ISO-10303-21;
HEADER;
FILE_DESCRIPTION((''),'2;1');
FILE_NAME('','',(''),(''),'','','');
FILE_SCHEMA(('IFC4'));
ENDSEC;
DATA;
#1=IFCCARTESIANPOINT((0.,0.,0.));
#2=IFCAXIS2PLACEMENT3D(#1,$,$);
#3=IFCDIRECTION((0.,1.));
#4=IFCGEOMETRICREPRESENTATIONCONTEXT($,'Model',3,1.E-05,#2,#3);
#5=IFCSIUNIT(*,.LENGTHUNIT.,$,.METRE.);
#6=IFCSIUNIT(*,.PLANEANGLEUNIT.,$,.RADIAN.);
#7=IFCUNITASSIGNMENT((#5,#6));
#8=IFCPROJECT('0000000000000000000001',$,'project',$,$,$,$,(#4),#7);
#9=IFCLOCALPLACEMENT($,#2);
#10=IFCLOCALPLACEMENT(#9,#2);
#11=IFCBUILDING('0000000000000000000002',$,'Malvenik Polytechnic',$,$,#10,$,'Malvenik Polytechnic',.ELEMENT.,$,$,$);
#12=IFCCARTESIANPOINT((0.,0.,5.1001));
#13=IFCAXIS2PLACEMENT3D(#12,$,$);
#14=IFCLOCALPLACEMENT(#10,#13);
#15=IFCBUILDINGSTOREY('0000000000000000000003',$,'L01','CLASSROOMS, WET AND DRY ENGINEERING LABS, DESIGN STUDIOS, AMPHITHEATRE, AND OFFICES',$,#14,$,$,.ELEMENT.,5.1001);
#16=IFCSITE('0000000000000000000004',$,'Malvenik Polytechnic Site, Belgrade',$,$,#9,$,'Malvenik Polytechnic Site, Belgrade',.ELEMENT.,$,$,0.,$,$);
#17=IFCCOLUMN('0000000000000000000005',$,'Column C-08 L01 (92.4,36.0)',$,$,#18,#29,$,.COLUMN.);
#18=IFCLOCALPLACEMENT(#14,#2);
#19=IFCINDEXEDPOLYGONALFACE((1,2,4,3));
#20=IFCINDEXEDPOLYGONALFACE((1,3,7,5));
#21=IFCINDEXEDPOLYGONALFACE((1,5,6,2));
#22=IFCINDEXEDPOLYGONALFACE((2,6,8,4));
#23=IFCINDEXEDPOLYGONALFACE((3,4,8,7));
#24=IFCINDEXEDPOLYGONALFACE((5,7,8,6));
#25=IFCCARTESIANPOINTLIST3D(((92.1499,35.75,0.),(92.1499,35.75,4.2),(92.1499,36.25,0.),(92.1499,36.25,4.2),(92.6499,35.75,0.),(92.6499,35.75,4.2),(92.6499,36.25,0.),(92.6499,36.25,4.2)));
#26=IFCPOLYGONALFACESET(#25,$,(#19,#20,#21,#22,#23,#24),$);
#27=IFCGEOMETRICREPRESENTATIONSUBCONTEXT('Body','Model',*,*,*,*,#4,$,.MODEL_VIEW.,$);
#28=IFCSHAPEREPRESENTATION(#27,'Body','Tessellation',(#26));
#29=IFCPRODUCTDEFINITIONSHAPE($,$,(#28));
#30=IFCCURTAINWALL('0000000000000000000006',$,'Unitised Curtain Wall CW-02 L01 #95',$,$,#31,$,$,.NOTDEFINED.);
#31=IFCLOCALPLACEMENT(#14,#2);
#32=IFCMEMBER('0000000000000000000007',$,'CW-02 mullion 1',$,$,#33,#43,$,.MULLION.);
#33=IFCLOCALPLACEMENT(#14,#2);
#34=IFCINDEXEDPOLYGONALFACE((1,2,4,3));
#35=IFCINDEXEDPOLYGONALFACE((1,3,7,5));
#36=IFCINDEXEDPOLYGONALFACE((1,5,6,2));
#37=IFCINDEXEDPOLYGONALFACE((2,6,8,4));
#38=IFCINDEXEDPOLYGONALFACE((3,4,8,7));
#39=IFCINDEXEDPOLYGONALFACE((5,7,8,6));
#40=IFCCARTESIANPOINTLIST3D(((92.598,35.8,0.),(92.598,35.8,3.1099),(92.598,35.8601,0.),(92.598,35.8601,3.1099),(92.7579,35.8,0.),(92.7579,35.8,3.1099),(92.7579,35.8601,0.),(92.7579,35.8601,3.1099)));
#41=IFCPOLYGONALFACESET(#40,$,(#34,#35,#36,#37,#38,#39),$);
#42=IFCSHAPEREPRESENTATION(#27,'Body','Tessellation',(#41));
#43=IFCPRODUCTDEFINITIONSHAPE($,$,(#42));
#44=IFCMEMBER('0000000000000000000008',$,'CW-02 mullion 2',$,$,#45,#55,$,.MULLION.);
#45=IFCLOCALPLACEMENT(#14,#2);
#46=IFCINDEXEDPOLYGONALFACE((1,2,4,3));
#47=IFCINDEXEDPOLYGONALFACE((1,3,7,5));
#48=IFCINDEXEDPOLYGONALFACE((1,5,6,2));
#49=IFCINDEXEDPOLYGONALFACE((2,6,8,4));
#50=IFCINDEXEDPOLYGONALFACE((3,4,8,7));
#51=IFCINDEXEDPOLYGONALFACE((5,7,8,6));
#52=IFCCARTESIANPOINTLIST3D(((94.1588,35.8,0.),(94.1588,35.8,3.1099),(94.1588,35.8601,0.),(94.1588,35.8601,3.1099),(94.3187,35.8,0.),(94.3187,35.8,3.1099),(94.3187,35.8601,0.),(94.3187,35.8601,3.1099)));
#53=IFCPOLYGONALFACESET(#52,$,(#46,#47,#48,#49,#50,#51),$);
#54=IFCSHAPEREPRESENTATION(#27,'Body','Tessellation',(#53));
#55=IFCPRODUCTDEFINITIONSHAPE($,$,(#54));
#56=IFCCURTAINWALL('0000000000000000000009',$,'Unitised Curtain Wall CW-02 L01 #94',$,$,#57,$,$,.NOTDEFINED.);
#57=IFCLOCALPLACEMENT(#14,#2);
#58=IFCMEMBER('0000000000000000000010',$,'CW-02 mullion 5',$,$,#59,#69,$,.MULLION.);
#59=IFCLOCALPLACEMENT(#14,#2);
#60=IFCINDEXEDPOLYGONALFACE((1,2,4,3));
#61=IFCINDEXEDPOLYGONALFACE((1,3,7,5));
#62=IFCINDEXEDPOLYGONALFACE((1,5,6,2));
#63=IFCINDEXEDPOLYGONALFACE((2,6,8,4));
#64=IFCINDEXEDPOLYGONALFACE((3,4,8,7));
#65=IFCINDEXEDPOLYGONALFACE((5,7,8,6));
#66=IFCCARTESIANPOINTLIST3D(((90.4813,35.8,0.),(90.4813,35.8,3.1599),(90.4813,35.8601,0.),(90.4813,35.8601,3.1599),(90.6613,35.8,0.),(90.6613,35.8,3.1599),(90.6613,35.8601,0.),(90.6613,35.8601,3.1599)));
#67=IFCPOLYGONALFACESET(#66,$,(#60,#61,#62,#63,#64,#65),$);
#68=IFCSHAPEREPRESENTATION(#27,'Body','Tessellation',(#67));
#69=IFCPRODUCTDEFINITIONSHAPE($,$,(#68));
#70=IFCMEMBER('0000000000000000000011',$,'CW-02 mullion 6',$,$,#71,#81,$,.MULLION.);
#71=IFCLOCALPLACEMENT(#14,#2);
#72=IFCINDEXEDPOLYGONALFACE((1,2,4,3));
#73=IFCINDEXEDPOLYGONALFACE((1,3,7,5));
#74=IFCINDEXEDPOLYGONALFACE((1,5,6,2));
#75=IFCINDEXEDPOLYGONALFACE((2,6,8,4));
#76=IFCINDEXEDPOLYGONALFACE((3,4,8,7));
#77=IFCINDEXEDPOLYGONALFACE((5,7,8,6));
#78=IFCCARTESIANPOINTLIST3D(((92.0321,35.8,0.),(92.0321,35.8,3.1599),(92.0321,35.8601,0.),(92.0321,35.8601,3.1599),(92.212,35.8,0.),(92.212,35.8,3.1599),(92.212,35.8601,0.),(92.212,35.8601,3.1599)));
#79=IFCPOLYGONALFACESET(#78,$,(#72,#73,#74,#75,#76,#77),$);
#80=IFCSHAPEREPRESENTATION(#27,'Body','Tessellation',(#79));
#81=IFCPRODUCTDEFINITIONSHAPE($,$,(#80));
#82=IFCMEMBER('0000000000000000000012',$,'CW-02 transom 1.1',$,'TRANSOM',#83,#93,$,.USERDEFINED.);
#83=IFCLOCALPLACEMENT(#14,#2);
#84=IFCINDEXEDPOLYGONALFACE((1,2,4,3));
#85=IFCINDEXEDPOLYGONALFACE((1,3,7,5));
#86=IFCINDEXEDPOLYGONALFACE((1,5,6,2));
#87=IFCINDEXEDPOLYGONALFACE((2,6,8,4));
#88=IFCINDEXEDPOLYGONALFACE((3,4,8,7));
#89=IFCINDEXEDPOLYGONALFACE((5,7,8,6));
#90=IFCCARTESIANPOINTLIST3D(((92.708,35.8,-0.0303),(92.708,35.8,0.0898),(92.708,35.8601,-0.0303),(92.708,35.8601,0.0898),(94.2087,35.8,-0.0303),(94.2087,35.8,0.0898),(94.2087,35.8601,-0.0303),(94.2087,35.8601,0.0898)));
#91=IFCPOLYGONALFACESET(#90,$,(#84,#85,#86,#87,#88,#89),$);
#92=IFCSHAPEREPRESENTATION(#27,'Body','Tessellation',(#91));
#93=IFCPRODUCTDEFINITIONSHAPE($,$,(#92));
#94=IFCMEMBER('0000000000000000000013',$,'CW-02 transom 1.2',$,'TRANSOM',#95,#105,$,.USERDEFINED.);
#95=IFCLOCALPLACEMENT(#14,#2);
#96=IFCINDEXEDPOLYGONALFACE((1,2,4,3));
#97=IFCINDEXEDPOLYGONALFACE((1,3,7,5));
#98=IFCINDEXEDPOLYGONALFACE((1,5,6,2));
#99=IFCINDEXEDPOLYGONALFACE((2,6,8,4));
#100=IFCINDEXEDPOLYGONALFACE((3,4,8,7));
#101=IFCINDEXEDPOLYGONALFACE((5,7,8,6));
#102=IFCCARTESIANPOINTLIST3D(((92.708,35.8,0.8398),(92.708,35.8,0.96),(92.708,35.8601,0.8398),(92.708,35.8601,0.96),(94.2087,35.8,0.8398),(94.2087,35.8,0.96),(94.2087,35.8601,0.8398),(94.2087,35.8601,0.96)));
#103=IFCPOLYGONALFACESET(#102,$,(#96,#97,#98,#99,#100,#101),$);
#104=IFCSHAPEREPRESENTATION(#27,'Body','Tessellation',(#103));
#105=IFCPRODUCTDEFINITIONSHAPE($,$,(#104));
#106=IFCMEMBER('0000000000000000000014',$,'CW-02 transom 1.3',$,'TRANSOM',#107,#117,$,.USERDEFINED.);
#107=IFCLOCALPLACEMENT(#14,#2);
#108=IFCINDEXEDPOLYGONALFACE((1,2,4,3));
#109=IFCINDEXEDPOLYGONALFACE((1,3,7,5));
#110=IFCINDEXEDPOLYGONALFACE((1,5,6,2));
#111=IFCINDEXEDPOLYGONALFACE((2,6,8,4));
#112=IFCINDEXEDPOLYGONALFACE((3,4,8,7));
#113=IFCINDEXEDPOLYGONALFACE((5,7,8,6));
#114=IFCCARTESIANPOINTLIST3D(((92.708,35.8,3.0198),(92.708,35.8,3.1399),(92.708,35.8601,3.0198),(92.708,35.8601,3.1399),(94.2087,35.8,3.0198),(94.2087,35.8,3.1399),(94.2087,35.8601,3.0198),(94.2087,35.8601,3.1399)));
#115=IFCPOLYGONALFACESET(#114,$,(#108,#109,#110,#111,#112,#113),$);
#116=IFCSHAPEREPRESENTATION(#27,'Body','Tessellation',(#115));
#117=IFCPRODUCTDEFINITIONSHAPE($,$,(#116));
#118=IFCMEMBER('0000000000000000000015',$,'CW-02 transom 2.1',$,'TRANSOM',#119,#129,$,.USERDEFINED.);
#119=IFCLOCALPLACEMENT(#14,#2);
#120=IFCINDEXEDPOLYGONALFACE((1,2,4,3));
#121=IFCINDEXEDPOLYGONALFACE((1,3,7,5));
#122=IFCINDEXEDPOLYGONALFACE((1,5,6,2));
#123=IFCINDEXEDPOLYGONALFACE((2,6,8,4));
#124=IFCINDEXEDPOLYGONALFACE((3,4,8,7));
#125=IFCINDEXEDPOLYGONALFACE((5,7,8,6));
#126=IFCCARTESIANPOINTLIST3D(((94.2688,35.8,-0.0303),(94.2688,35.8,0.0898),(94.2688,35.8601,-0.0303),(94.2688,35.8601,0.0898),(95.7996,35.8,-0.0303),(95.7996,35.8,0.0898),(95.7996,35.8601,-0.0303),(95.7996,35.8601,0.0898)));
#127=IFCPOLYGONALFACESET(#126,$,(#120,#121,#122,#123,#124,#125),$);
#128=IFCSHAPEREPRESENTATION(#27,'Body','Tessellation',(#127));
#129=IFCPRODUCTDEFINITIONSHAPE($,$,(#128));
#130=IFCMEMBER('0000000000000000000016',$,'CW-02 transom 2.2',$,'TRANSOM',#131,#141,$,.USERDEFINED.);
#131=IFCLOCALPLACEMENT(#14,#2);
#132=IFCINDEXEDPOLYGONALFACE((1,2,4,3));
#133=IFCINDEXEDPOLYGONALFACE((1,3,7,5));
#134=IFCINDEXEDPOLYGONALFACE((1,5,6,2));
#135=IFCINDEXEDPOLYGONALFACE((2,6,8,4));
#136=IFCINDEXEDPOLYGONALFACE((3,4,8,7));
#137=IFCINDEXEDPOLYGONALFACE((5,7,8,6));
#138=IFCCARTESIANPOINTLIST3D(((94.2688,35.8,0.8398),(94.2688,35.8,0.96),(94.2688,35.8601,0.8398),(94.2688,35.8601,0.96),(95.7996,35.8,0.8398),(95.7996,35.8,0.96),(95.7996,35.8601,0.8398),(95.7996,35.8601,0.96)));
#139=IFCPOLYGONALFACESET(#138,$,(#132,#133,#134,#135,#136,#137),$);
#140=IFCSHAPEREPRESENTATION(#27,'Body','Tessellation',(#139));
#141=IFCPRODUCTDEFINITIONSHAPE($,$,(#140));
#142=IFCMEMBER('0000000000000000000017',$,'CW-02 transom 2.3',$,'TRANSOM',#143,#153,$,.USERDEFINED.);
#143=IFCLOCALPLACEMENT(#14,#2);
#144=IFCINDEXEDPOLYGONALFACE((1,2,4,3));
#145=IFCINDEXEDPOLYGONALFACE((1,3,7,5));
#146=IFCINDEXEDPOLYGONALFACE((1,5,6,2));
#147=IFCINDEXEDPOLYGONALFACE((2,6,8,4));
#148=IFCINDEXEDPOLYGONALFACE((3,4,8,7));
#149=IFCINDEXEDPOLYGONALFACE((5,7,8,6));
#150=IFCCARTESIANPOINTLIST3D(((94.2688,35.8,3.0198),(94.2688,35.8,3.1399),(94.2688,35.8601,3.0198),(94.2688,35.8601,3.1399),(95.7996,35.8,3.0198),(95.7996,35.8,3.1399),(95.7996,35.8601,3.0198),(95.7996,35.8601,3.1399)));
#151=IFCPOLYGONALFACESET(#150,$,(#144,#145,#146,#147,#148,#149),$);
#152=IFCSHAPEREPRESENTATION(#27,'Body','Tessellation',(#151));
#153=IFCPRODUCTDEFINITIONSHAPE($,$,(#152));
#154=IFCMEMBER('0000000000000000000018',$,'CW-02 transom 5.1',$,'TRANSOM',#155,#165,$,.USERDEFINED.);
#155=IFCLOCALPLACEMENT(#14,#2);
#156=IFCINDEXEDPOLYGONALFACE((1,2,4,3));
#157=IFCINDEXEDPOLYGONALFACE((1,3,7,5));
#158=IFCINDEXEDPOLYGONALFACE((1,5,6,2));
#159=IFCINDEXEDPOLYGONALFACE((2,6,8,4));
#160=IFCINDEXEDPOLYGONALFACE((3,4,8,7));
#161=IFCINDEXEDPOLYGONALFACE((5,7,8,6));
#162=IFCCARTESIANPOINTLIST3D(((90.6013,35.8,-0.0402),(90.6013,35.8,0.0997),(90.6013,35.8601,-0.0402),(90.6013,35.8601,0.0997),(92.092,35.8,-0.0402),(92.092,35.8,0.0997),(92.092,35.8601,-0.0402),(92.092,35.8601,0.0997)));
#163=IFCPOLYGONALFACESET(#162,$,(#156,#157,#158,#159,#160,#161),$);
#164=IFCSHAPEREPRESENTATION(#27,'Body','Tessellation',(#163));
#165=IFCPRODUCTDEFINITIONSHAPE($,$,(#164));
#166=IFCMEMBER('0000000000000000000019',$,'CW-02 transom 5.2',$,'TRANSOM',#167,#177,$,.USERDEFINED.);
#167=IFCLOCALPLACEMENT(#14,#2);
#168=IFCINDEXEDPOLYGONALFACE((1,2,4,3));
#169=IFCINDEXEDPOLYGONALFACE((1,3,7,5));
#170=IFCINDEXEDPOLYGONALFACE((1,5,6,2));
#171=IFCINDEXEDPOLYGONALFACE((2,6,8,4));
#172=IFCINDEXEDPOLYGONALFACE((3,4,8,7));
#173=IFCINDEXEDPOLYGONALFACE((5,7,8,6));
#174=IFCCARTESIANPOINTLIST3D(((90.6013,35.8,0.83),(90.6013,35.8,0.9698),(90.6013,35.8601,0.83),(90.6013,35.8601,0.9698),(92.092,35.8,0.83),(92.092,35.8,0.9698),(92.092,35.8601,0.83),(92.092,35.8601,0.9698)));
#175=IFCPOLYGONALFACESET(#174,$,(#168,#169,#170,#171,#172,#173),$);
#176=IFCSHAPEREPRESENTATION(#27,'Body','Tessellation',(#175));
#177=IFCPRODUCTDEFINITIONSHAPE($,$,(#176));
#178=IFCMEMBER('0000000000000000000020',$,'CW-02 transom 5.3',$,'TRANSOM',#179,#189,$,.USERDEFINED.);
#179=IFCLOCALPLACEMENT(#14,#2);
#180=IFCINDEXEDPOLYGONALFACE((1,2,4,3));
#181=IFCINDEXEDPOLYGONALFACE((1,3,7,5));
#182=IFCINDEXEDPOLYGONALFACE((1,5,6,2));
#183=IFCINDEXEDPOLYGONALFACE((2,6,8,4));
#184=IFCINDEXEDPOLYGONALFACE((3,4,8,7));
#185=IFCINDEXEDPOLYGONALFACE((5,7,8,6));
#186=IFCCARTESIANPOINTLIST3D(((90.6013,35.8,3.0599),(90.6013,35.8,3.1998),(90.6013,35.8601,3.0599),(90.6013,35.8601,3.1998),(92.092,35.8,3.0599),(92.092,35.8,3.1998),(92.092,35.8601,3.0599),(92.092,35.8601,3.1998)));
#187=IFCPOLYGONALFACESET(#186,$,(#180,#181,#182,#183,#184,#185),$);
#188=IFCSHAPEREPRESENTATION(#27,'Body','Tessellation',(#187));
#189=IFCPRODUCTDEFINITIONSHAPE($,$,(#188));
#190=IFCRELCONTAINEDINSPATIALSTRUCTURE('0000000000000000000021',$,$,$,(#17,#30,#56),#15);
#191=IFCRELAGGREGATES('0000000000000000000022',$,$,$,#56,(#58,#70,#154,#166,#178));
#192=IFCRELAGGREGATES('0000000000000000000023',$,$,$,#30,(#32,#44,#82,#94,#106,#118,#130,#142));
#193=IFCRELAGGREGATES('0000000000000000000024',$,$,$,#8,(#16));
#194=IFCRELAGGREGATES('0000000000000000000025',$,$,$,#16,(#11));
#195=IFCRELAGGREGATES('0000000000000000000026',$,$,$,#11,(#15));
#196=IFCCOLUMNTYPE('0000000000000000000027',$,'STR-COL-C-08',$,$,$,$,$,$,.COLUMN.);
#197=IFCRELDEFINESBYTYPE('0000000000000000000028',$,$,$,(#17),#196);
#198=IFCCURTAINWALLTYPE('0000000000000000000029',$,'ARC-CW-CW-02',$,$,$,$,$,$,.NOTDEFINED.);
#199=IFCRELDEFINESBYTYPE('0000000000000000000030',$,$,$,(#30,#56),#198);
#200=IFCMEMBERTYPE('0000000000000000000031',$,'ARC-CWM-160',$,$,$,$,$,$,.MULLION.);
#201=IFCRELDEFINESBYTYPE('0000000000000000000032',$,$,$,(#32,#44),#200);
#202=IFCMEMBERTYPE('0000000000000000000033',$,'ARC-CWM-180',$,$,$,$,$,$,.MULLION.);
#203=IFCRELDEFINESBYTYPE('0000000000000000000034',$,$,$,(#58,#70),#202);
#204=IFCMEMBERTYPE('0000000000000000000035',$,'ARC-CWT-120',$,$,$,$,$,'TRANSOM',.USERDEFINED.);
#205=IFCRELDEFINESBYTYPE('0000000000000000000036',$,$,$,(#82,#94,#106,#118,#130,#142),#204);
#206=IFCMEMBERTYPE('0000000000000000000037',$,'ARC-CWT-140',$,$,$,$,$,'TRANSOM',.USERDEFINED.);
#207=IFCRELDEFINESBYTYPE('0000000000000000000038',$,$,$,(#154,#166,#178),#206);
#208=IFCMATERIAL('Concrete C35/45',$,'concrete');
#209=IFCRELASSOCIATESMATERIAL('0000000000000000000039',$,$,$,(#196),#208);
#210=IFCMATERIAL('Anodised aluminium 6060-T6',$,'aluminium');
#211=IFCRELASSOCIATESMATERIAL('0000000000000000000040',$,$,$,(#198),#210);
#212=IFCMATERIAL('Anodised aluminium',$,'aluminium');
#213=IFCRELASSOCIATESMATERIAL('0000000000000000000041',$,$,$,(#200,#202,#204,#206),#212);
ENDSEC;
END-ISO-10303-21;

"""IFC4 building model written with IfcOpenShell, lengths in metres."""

from ifc_helpers import new_model, si_unit, direction, frame, origin, origin_2d, place, context, subcontext, project, spatial, rectangle, extrude, material, material_profile, profile_set, type_object, element, aggregate, save


model = new_model("IFC4")

# Units and contexts
model_context = context("Model", 3, precision=1e-05, world=origin(), true_north=direction((0.0, 1.0)))
body_context = subcontext(model_context, "Body", "Model", "MODEL_VIEW")
ifc_project = project(units=[si_unit("LENGTHUNIT", "METRE"), si_unit("PLANEANGLEUNIT", "RADIAN")], contexts=[model_context])

# Site, building, storey
site_placement = place(None, origin())
site = spatial("IfcSite", under=ifc_project, at=site_placement, Name="Malvenik Polytechnic Site, Belgrade", LongName="Malvenik Polytechnic Site, Belgrade", CompositionType="ELEMENT", RefElevation=0.0)
building_placement = place(site_placement, origin())
building = spatial("IfcBuilding", under=site, at=building_placement, Name="Malvenik Polytechnic", LongName="Malvenik Polytechnic", CompositionType="ELEMENT")
storey_placement = place(building_placement, frame((0.0, 0.0, 5.1001)))
storey = spatial("IfcBuildingStorey", under=building, at=storey_placement, Name="L01", Description="CLASSROOMS, WET AND DRY ENGINEERING LABS, DESIGN STUDIOS, AMPHITHEATRE, AND OFFICES", CompositionType="ELEMENT", Elevation=5.1001)

# Column
ifc_material_1 = material(Name="Concrete C35/45", Category="concrete")
ifc_material_profile_1 = material_profile(ifc_material_1, rectangle(XDim=0.5, YDim=0.5, at=origin_2d()), Name="RC COL 500x500")
ifc_profile_set_1 = profile_set([ifc_material_profile_1], Name="Concrete C35/45")
column_type = type_object("IfcColumnType", Name="STR-COL-C-08", PredefinedType="COLUMN", material=ifc_profile_set_1)
column_placement = place(storey_placement, frame((92.3999, 36.0, 0.0), z_axis=(0.0, 0.0, 1.0), x_axis=(1.0, 0.0, 0.0)))
element("IfcColumn", 1, at=column_placement, inside=storey, type_object=column_type, Name="Column C-08 L01 (92.4,36.0)", PredefinedType="COLUMN", context=body_context, shape_type="SweptSolid", body=[
    extrude(rectangle(XDim=0.5, YDim=0.5, at=origin_2d()), origin(), (0.0, 0.0, 1.0), 4.2),
])

# Curtain walls, members
ifc_material_2 = material(Name="Anodised aluminium 6060-T6", Category="aluminium")
curtain_wall_type = type_object("IfcCurtainWallType", Name="ARC-CW-CW-02", PredefinedType="NOTDEFINED", material=ifc_material_2)
curtain_wall_1_placement = place(storey_placement, origin())
curtain_wall_1 = element("IfcCurtainWall", 2, at=curtain_wall_1_placement, inside=storey, type_object=curtain_wall_type, Name="Unitised Curtain Wall CW-02 L01 #95", PredefinedType="NOTDEFINED")
ifc_material_3 = material(Name="Anodised aluminium", Category="aluminium")
ifc_material_profile_2 = material_profile(ifc_material_3, rectangle(XDim=0.0601, YDim=0.1599, at=origin_2d()), Name="ALU MULLION 60x160")
ifc_profile_set_2 = profile_set([ifc_material_profile_2], Name="Anodised aluminium")
member_type_1 = type_object("IfcMemberType", Name="ARC-CWM-160", PredefinedType="MULLION", material=ifc_profile_set_2)
member_1_placement = place(storey_placement, frame((92.678, 35.8301, 0.0), z_axis=(0.0, 0.0, 1.0), x_axis=(0.0, 1.0, 0.0)))
member_1 = element("IfcMember", 3, at=member_1_placement, type_object=member_type_1, Name="CW-02 mullion 1", PredefinedType="MULLION", context=body_context, shape_type="SweptSolid", body=[
    extrude(rectangle(XDim=0.0601, YDim=0.1599, at=origin_2d()), origin(), (0.0, 0.0, 1.0), 3.1099),
])
member_2_placement = place(storey_placement, frame((94.2388, 35.8301, 0.0), z_axis=(0.0, 0.0, 1.0), x_axis=(0.0, 1.0, 0.0)))
member_2 = element("IfcMember", 4, at=member_2_placement, type_object=member_type_1, Name="CW-02 mullion 2", PredefinedType="MULLION", context=body_context, shape_type="SweptSolid", body=[
    extrude(rectangle(XDim=0.0601, YDim=0.1599, at=origin_2d()), origin(), (0.0, 0.0, 1.0), 3.1099),
])
curtain_wall_2_placement = place(storey_placement, origin())
curtain_wall_2 = element("IfcCurtainWall", 5, at=curtain_wall_2_placement, inside=storey, type_object=curtain_wall_type, Name="Unitised Curtain Wall CW-02 L01 #94", PredefinedType="NOTDEFINED")
ifc_material_profile_3 = material_profile(ifc_material_3, rectangle(XDim=0.0601, YDim=0.1799, at=origin_2d()), Name="ALU MULLION 60x180")
ifc_profile_set_3 = profile_set([ifc_material_profile_3], Name="Anodised aluminium")
member_type_2 = type_object("IfcMemberType", Name="ARC-CWM-180", PredefinedType="MULLION", material=ifc_profile_set_3)
member_3_placement = place(storey_placement, frame((90.5713, 35.8301, 0.0), z_axis=(0.0, 0.0, 1.0), x_axis=(0.0, 1.0, 0.0)))
member_3 = element("IfcMember", 6, at=member_3_placement, type_object=member_type_2, Name="CW-02 mullion 5", PredefinedType="MULLION", context=body_context, shape_type="SweptSolid", body=[
    extrude(rectangle(XDim=0.0601, YDim=0.1799, at=origin_2d()), origin(), (0.0, 0.0, 1.0), 3.1599),
])
member_4_placement = place(storey_placement, frame((92.1221, 35.8301, 0.0), z_axis=(0.0, 0.0, 1.0), x_axis=(0.0, 1.0, 0.0)))
member_4 = element("IfcMember", 7, at=member_4_placement, type_object=member_type_2, Name="CW-02 mullion 6", PredefinedType="MULLION", context=body_context, shape_type="SweptSolid", body=[
    extrude(rectangle(XDim=0.0601, YDim=0.1799, at=origin_2d()), origin(), (0.0, 0.0, 1.0), 3.1599),
])

# Members
ifc_material_profile_4 = material_profile(ifc_material_3, rectangle(XDim=0.0601, YDim=0.1201, at=origin_2d()), Name="ALU TRANSOM 60x120")
ifc_profile_set_4 = profile_set([ifc_material_profile_4], Name="Anodised aluminium")
member_type_3 = type_object("IfcMemberType", Name="ARC-CWT-120", ElementType="TRANSOM", PredefinedType="USERDEFINED", material=ifc_profile_set_4)
member_5_placement = place(storey_placement, frame((92.708, 35.8301, 0.0298), z_axis=(1.0, 0.0, 0.0), x_axis=(0.0, 1.0, 0.0)))
member_5 = element("IfcMember", 8, at=member_5_placement, type_object=member_type_3, Name="CW-02 transom 1.1", ObjectType="TRANSOM", PredefinedType="USERDEFINED", context=body_context, shape_type="SweptSolid", body=[
    extrude(rectangle(XDim=0.0601, YDim=0.1201, at=origin_2d()), origin(), (0.0, 0.0, 1.0), 1.5007),
])
member_6_placement = place(storey_placement, frame((92.708, 35.8301, 0.8999), z_axis=(1.0, 0.0, 0.0), x_axis=(0.0, 1.0, 0.0)))
member_6 = element("IfcMember", 9, at=member_6_placement, type_object=member_type_3, Name="CW-02 transom 1.2", ObjectType="TRANSOM", PredefinedType="USERDEFINED", context=body_context, shape_type="SweptSolid", body=[
    extrude(rectangle(XDim=0.0601, YDim=0.1201, at=origin_2d()), origin(), (0.0, 0.0, 1.0), 1.5007),
])
member_7_placement = place(storey_placement, frame((92.708, 35.8301, 3.0798), z_axis=(1.0, 0.0, 0.0), x_axis=(0.0, 1.0, 0.0)))
member_7 = element("IfcMember", 10, at=member_7_placement, type_object=member_type_3, Name="CW-02 transom 1.3", ObjectType="TRANSOM", PredefinedType="USERDEFINED", context=body_context, shape_type="SweptSolid", body=[
    extrude(rectangle(XDim=0.0601, YDim=0.1201, at=origin_2d()), origin(), (0.0, 0.0, 1.0), 1.5007),
])
member_8_placement = place(storey_placement, frame((94.2688, 35.8301, 0.0298), z_axis=(1.0, 0.0, 0.0), x_axis=(0.0, 1.0, 0.0)))
member_8 = element("IfcMember", 11, at=member_8_placement, type_object=member_type_3, Name="CW-02 transom 2.1", ObjectType="TRANSOM", PredefinedType="USERDEFINED", context=body_context, shape_type="SweptSolid", body=[
    extrude(rectangle(XDim=0.0601, YDim=0.1201, at=origin_2d()), origin(), (0.0, 0.0, 1.0), 1.5308),
])
member_9_placement = place(storey_placement, frame((94.2688, 35.8301, 0.8999), z_axis=(1.0, 0.0, 0.0), x_axis=(0.0, 1.0, 0.0)))
member_9 = element("IfcMember", 12, at=member_9_placement, type_object=member_type_3, Name="CW-02 transom 2.2", ObjectType="TRANSOM", PredefinedType="USERDEFINED", context=body_context, shape_type="SweptSolid", body=[
    extrude(rectangle(XDim=0.0601, YDim=0.1201, at=origin_2d()), origin(), (0.0, 0.0, 1.0), 1.5308),
])
member_10_placement = place(storey_placement, frame((94.2688, 35.8301, 3.0798), z_axis=(1.0, 0.0, 0.0), x_axis=(0.0, 1.0, 0.0)))
member_10 = element("IfcMember", 13, at=member_10_placement, type_object=member_type_3, Name="CW-02 transom 2.3", ObjectType="TRANSOM", PredefinedType="USERDEFINED", context=body_context, shape_type="SweptSolid", body=[
    extrude(rectangle(XDim=0.0601, YDim=0.1201, at=origin_2d()), origin(), (0.0, 0.0, 1.0), 1.5308),
])
ifc_material_profile_5 = material_profile(ifc_material_3, rectangle(XDim=0.0601, YDim=0.1399, at=origin_2d()), Name="ALU TRANSOM 60x140")
ifc_profile_set_5 = profile_set([ifc_material_profile_5], Name="Anodised aluminium")
member_type_4 = type_object("IfcMemberType", Name="ARC-CWT-140", ElementType="TRANSOM", PredefinedType="USERDEFINED", material=ifc_profile_set_5)
member_11_placement = place(storey_placement, frame((90.6013, 35.8301, 0.0298), z_axis=(1.0, 0.0, 0.0), x_axis=(0.0, 1.0, 0.0)))
member_11 = element("IfcMember", 14, at=member_11_placement, type_object=member_type_4, Name="CW-02 transom 5.1", ObjectType="TRANSOM", PredefinedType="USERDEFINED", context=body_context, shape_type="SweptSolid", body=[
    extrude(rectangle(XDim=0.0601, YDim=0.1399, at=origin_2d()), origin(), (0.0, 0.0, 1.0), 1.4907),
])
member_12_placement = place(storey_placement, frame((90.6013, 35.8301, 0.8999), z_axis=(1.0, 0.0, 0.0), x_axis=(0.0, 1.0, 0.0)))
member_12 = element("IfcMember", 15, at=member_12_placement, type_object=member_type_4, Name="CW-02 transom 5.2", ObjectType="TRANSOM", PredefinedType="USERDEFINED", context=body_context, shape_type="SweptSolid", body=[
    extrude(rectangle(XDim=0.0601, YDim=0.1399, at=origin_2d()), origin(), (0.0, 0.0, 1.0), 1.4907),
])
member_13_placement = place(storey_placement, frame((90.6013, 35.8301, 3.1299), z_axis=(1.0, 0.0, 0.0), x_axis=(0.0, 1.0, 0.0)))
member_13 = element("IfcMember", 16, at=member_13_placement, type_object=member_type_4, Name="CW-02 transom 5.3", ObjectType="TRANSOM", PredefinedType="USERDEFINED", context=body_context, shape_type="SweptSolid", body=[
    extrude(rectangle(XDim=0.0601, YDim=0.1399, at=origin_2d()), origin(), (0.0, 0.0, 1.0), 1.4907),
])

aggregate(curtain_wall_2, [member_3, member_4, member_11, member_12, member_13])
aggregate(curtain_wall_1, [member_1, member_2, member_5, member_6, member_7, member_8, member_9, member_10])

save(model, "model.ifc")
